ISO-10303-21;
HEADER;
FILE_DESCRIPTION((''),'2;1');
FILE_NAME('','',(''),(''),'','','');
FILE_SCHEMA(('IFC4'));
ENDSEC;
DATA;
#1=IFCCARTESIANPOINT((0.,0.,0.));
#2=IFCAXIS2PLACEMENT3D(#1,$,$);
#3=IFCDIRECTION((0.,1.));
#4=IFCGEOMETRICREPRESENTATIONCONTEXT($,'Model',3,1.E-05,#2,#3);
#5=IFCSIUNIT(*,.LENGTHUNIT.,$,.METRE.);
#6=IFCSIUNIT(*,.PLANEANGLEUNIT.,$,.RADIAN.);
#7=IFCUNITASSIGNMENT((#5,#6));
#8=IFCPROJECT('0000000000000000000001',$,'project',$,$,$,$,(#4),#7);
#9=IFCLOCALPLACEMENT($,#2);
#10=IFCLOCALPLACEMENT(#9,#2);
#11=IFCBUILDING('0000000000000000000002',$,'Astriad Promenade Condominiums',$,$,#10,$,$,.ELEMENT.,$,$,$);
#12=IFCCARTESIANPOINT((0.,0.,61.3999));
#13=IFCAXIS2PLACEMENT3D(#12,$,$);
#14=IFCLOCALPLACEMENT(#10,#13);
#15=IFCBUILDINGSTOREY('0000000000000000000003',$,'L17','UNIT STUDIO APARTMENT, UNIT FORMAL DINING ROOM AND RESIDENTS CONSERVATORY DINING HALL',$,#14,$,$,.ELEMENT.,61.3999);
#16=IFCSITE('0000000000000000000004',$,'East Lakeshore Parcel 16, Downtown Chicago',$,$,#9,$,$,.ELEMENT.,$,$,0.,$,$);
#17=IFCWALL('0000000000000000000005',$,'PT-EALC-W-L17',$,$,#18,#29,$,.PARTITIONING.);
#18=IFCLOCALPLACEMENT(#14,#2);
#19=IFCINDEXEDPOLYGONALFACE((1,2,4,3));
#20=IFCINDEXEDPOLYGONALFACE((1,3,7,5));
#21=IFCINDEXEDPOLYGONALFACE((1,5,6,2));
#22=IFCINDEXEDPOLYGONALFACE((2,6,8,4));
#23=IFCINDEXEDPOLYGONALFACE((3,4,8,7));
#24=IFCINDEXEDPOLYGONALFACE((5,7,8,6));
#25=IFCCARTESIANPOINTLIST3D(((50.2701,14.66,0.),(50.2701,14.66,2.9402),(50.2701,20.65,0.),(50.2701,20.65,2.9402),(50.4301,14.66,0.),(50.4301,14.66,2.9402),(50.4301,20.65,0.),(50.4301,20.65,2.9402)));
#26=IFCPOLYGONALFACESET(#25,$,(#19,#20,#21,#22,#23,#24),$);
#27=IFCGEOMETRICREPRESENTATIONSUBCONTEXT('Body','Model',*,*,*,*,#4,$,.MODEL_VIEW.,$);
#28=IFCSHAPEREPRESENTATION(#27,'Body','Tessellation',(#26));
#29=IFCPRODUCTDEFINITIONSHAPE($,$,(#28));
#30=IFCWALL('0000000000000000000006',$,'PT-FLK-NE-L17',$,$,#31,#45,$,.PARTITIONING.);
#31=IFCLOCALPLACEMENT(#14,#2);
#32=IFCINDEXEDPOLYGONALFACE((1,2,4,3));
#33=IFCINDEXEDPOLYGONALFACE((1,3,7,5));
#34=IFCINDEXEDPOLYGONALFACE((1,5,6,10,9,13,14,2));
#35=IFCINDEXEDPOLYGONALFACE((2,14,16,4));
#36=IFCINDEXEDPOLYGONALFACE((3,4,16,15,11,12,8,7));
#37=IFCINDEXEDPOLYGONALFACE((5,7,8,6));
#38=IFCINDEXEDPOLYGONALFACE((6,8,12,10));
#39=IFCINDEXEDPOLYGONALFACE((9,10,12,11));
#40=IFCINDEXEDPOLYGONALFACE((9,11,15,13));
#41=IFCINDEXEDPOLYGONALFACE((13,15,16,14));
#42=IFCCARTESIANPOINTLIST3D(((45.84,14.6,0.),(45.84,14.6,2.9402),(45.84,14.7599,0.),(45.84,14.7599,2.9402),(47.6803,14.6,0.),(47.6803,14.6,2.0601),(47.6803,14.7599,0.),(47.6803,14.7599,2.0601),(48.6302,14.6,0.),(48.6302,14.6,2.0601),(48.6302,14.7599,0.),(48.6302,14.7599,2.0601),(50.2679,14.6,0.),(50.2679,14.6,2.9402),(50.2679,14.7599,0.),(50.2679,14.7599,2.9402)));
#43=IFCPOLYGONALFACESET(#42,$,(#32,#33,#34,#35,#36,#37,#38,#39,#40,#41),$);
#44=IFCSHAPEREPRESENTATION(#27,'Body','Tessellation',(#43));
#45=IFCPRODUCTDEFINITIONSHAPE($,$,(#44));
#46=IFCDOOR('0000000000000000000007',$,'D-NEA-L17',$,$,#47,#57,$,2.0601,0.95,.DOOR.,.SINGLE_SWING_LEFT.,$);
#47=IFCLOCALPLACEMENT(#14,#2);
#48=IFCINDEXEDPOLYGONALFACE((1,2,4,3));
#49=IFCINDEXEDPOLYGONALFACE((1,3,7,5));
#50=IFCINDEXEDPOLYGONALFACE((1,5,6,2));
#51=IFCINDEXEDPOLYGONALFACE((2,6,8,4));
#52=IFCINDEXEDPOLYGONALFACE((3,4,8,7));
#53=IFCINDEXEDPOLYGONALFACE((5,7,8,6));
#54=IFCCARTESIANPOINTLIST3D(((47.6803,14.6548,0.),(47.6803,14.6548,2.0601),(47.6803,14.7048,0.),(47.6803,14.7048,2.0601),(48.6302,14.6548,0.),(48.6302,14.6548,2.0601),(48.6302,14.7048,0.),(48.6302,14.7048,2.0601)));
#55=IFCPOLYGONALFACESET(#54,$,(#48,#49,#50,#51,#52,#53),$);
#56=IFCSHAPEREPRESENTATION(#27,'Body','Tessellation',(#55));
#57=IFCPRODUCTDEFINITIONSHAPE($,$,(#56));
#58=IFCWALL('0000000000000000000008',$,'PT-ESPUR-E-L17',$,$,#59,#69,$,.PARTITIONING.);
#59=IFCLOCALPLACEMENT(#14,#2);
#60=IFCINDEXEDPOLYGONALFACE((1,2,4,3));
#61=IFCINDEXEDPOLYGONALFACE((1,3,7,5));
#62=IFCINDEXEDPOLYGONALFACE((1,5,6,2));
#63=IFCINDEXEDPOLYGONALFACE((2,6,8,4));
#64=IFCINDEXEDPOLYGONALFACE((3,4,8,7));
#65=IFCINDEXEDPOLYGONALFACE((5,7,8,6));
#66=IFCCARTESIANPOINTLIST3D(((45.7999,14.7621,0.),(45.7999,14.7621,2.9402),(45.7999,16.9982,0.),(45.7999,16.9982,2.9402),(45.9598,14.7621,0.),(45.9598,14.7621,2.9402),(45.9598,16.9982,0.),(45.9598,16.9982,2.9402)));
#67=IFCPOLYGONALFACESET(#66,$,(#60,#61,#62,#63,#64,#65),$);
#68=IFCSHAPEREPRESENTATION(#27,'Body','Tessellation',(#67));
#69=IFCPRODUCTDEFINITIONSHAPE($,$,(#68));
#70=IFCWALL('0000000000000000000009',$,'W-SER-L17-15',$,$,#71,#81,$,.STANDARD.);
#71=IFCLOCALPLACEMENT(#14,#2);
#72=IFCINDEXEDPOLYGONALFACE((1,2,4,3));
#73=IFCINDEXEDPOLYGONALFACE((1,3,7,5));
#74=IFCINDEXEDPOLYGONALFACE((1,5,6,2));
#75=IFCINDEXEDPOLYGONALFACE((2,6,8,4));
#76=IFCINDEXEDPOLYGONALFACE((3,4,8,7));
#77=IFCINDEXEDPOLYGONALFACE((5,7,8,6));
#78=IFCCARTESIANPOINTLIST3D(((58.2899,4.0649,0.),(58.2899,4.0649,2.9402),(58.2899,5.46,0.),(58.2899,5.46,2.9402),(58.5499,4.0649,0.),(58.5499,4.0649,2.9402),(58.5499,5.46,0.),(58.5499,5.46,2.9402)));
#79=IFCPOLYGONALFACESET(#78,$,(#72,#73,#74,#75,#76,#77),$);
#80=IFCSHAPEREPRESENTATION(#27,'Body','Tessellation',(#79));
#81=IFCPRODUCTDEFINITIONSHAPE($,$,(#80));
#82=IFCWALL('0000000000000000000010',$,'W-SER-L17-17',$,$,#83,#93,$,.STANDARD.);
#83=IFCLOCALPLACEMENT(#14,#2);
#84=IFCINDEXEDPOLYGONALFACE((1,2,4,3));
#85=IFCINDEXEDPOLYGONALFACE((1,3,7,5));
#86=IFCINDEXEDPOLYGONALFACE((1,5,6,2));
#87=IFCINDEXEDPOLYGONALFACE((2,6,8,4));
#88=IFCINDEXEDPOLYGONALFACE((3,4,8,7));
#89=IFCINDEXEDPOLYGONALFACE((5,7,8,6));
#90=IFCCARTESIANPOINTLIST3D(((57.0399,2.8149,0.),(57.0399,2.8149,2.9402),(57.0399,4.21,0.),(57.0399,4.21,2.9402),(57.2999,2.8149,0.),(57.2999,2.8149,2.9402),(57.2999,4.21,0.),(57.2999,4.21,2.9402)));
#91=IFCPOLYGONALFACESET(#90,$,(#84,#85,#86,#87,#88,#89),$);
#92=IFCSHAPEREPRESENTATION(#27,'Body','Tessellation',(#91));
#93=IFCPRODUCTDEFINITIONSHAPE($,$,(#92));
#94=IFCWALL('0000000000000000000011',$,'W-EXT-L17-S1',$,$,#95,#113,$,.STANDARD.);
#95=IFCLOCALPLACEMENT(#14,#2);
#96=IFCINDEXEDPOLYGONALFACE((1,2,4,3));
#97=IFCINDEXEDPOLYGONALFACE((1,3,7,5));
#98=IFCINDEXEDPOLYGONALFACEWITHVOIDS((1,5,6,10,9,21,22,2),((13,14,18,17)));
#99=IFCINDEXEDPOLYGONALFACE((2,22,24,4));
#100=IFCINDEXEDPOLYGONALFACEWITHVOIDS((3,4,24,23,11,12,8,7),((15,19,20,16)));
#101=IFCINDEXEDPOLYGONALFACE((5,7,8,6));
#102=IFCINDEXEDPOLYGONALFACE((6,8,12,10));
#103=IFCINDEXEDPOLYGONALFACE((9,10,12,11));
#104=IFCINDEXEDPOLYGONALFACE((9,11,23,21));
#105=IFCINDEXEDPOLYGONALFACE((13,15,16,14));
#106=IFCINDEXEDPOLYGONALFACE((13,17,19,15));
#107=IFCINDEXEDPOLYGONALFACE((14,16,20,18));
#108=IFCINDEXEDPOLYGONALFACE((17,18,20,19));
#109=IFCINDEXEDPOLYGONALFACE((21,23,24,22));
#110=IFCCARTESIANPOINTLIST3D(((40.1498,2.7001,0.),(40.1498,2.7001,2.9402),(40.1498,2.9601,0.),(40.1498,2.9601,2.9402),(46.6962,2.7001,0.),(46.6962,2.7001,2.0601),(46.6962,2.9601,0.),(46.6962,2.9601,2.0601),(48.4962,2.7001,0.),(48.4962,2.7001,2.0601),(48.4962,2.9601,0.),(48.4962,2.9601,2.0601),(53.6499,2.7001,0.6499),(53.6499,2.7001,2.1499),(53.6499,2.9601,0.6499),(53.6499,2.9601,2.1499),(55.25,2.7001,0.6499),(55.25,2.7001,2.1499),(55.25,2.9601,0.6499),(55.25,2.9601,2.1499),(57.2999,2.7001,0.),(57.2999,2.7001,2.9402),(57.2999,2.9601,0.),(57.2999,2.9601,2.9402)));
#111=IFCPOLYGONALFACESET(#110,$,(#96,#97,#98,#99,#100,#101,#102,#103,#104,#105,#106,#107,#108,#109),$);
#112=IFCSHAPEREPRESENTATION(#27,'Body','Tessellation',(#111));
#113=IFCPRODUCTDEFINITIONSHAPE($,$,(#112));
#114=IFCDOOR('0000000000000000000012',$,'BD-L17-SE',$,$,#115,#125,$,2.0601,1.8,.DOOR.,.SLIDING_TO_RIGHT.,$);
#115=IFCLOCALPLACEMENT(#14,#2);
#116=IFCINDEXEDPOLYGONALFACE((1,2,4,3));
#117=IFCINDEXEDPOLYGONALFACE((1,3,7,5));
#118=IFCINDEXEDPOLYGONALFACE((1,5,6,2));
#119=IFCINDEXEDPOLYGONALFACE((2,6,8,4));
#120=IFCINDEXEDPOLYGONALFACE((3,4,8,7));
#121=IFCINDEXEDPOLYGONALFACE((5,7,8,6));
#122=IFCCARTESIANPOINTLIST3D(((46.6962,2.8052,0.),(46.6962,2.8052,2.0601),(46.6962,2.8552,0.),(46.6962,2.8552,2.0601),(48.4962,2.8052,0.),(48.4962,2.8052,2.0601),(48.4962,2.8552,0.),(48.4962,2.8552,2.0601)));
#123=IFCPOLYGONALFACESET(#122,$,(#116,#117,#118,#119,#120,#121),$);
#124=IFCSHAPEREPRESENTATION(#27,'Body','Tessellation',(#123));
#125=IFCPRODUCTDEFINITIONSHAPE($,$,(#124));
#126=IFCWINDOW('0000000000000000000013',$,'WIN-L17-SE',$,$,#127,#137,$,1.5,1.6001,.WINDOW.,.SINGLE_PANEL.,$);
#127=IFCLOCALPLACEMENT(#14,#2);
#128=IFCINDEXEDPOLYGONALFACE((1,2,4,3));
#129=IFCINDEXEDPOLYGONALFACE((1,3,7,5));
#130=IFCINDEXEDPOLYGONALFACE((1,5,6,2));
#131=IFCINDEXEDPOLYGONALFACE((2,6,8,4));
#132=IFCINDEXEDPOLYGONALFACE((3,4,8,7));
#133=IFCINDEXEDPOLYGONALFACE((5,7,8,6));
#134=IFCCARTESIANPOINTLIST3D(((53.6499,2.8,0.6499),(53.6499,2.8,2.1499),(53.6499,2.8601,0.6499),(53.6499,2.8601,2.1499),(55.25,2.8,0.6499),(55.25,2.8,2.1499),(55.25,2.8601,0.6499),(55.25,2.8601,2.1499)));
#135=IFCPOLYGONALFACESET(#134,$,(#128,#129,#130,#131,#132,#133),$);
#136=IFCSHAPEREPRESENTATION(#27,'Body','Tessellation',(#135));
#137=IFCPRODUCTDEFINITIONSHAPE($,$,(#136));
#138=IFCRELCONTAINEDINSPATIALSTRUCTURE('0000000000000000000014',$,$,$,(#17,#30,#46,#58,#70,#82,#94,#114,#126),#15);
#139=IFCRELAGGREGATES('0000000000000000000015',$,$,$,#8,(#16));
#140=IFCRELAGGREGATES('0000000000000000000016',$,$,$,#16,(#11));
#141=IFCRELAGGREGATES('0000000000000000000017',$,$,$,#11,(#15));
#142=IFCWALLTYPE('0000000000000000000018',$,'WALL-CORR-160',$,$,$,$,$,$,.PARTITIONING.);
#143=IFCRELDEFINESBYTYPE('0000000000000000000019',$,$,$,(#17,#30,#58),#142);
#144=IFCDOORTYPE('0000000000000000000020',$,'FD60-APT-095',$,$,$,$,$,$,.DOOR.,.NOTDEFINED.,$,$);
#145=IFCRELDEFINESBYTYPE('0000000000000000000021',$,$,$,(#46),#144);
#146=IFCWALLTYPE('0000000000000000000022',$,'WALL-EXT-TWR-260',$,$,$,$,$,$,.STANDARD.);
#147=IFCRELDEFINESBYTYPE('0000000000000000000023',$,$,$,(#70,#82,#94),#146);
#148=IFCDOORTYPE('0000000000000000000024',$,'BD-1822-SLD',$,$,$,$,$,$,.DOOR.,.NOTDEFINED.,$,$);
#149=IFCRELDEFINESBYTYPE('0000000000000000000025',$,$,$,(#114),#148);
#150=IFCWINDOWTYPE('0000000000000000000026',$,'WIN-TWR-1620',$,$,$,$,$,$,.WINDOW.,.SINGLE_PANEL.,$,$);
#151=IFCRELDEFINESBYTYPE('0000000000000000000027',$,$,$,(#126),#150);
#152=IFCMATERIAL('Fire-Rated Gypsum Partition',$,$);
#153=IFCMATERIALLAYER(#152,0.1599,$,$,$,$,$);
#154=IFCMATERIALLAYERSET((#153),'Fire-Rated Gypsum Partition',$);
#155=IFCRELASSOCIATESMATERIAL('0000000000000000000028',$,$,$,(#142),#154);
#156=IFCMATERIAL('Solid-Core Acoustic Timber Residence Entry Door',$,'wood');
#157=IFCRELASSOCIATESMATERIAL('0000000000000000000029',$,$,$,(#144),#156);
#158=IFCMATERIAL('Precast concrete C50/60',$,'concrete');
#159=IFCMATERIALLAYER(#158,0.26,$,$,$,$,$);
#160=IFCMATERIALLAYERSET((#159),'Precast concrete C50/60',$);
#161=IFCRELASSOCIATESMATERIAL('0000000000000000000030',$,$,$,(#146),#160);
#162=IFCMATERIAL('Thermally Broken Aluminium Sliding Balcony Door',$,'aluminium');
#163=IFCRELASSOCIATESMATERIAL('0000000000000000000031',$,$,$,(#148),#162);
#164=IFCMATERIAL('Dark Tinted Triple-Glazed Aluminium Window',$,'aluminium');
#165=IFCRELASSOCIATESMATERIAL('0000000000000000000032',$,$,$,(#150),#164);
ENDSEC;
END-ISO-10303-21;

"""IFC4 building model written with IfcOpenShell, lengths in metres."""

from ifc_helpers import new_model, si_unit, direction, frame, frame_2d, origin, place, context, subcontext, project, spatial, rectangle, extrude, source, transform, mapped, material, layer, layer_set, type_object, type_shapes, element, fill, save


model = new_model("IFC4")

# Units and contexts
model_context = context("Model", 3, precision=1e-05, world=origin(), true_north=direction((0.0, 1.0)))
body_context = subcontext(model_context, "Body", "Model", "MODEL_VIEW")
ifc_project = project(units=[si_unit("LENGTHUNIT", "METRE"), si_unit("PLANEANGLEUNIT", "RADIAN")], contexts=[model_context])

# Site, building, storey
site_placement = place(None, origin())
site = spatial("IfcSite", under=ifc_project, at=site_placement, Name="East Lakeshore Parcel 16, Downtown Chicago", CompositionType="ELEMENT", RefElevation=0.0)
building_placement = place(site_placement, origin())
building = spatial("IfcBuilding", under=site, at=building_placement, Name="Astriad Promenade Condominiums", CompositionType="ELEMENT")
storey_placement = place(building_placement, frame((0.0, 0.0, 61.3999)))
storey = spatial("IfcBuildingStorey", under=building, at=storey_placement, Name="L17", Description="UNIT STUDIO APARTMENT, UNIT FORMAL DINING ROOM AND RESIDENTS CONSERVATORY DINING HALL", CompositionType="ELEMENT", Elevation=61.3999)

# Shared definitions
ifc_material_1 = material(Name="Fire-Rated Gypsum Partition")
ifc_layer_1 = layer(ifc_material_1, 0.1599)
ifc_layer_set_1 = layer_set([ifc_layer_1], Name="Fire-Rated Gypsum Partition")
wall_type_1 = type_object("IfcWallType", Name="WALL-CORR-160", PredefinedType="PARTITIONING", material=ifc_layer_set_1)

# Shared definitions
ifc_material_2 = material(Name="Solid-Core Acoustic Timber Residence Entry Door", Category="wood")
door_type_1 = type_object("IfcDoorType", Name="FD60-APT-095", OperationType="NOTDEFINED", PredefinedType="DOOR", material=ifc_material_2)
shared_shape_1 = source(origin(), body_context, "Body", "SweptSolid", [
    extrude(rectangle(XDim=0.95, YDim=2.0601, at=frame_2d((0.4751, 1.03))), frame((0.0, 0.0249, 0.0), z_axis=(0.0, -1.0, 0.0), x_axis=(1.0, 0.0, 0.0)), (0.0, 0.0, 1.0), 0.05),
])
type_shapes(door_type_1, [shared_shape_1])

# Wall
wall_1_placement = place(storey_placement, frame((50.3501, 14.6599, 0.0), z_axis=(0.0, 0.0, 1.0), x_axis=(0.0, 1.0, 0.0)))
element("IfcWall", 1, at=wall_1_placement, inside=storey, type_object=wall_type_1, Name="PT-EALC-W-L17", PredefinedType="PARTITIONING", context=body_context, shape_type="SweptSolid", body=[
    extrude(rectangle(XDim=5.99, YDim=0.1599, at=frame_2d((2.9951, 0.0))), origin(), (0.0, 0.0, 1.0), 2.9402),
])

# Wall, opening, door
wall_2_placement = place(storey_placement, frame((45.8401, 14.6799, 0.0), z_axis=(0.0, 0.0, 1.0), x_axis=(1.0, 0.0, 0.0)))
wall_2 = element("IfcWall", 2, at=wall_2_placement, inside=storey, type_object=wall_type_1, Name="PT-FLK-NE-L17", PredefinedType="PARTITIONING", context=body_context, shape_type="SweptSolid", body=[
    extrude(rectangle(XDim=4.428, YDim=0.1599, at=frame_2d((2.2139, 0.0))), origin(), (0.0, 0.0, 1.0), 2.9402),
])
opening_1_placement = place(wall_2_placement, frame((1.8401, 0.0, 0.0)))
opening_1 = element("IfcOpeningElement", 3, at=opening_1_placement, cuts=wall_2, PredefinedType="OPENING", context=body_context, shape_type="SweptSolid", body=[
    extrude(rectangle(XDim=0.95, YDim=2.0601, at=frame_2d((0.4751, 1.03))), frame((0.0, 0.0898, 0.0), z_axis=(0.0, -1.0, 0.0), x_axis=(1.0, 0.0, 0.0)), (0.0, 0.0, 1.0), 0.1799),
])
door_1_placement = place(opening_1_placement, origin())
door_1 = element("IfcDoor", 4, at=door_1_placement, inside=storey, type_object=door_type_1, Name="D-NEA-L17", OperationType="SINGLE_SWING_LEFT", OverallHeight=2.0601, OverallWidth=0.95, PredefinedType="DOOR", context=body_context, shape_type="MappedRepresentation", body=[
    mapped(shared_shape_1, transform((0.0, 0.0, 0.0), scale=1.0)),
])
fill(opening_1, door_1)

# Walls
wall_3_placement = place(storey_placement, frame((45.8799, 14.762, 0.0), z_axis=(0.0, 0.0, 1.0), x_axis=(0.0, 1.0, 0.0)))
element("IfcWall", 5, at=wall_3_placement, inside=storey, type_object=wall_type_1, Name="PT-ESPUR-E-L17", PredefinedType="PARTITIONING", context=body_context, shape_type="SweptSolid", body=[
    extrude(rectangle(XDim=2.2361, YDim=0.1599, at=frame_2d((1.1182, 0.0))), origin(), (0.0, 0.0, 1.0), 2.9402),
])
ifc_material_3 = material(Name="Precast concrete C50/60", Category="concrete")
ifc_layer_2 = layer(ifc_material_3, 0.26)
ifc_layer_set_2 = layer_set([ifc_layer_2], Name="Precast concrete C50/60")
wall_type_2 = type_object("IfcWallType", Name="WALL-EXT-TWR-260", PredefinedType="STANDARD", material=ifc_layer_set_2)
for number, where, z_axis, x_axis, name in (
    (6, (58.4199, 5.46, 0.0), (0.0, 0.0, 1.0), (0.0, -1.0, 0.0), "W-SER-L17-15"),
    (7, (57.1699, 4.21, 0.0), (0.0, 0.0, 1.0), (0.0, -1.0, 0.0), "W-SER-L17-17"),
):
    element("IfcWall", number, at=place(storey_placement, frame(where, z_axis=z_axis, x_axis=x_axis)), inside=storey, type_object=wall_type_2, Name=name, PredefinedType="STANDARD", context=body_context, shape_type="SweptSolid", body=[
        extrude(rectangle(XDim=1.395, YDim=0.26, at=frame_2d((0.6975, 0.0))), origin(), (0.0, 0.0, 1.0), 2.9402),
    ])

# Wall, openings, door, window
wall_4_placement = place(storey_placement, frame((57.3, 2.8301, 0.0), z_axis=(0.0, 0.0, 1.0), x_axis=(-1.0, 0.0, 0.0)))
wall_4 = element("IfcWall", 8, at=wall_4_placement, inside=storey, type_object=wall_type_2, Name="W-EXT-L17-S1", PredefinedType="STANDARD", context=body_context, shape_type="SweptSolid", body=[
    extrude(rectangle(XDim=17.1501, YDim=0.26, at=frame_2d((8.5752, 0.0))), origin(), (0.0, 0.0, 1.0), 2.9402),
])
opening_2_placement = place(wall_4_placement, frame((8.804, 0.0, 0.0)))
opening_2 = element("IfcOpeningElement", 9, at=opening_2_placement, cuts=wall_4, PredefinedType="OPENING", context=body_context, shape_type="SweptSolid", body=[
    extrude(rectangle(XDim=1.8, YDim=2.0601, at=frame_2d((0.8999, 1.03))), frame((0.0, 0.1399, 0.0), z_axis=(0.0, -1.0, 0.0), x_axis=(1.0, 0.0, 0.0)), (0.0, 0.0, 1.0), 0.28),
])
opening_3_placement = place(wall_4_placement, frame((2.05, 0.0, 0.6499)))
opening_3 = element("IfcOpeningElement", 10, at=opening_3_placement, cuts=wall_4, PredefinedType="OPENING", context=body_context, shape_type="SweptSolid", body=[
    extrude(rectangle(XDim=1.6001, YDim=1.5, at=frame_2d((0.8, 0.75))), frame((0.0, 0.1399, 0.0), z_axis=(0.0, -1.0, 0.0), x_axis=(1.0, 0.0, 0.0)), (0.0, 0.0, 1.0), 0.28),
])
ifc_material_4 = material(Name="Thermally Broken Aluminium Sliding Balcony Door", Category="aluminium")
door_type_2 = type_object("IfcDoorType", Name="BD-1822-SLD", OperationType="NOTDEFINED", PredefinedType="DOOR", material=ifc_material_4)
shared_shape_2 = source(origin(), body_context, "Body", "SweptSolid", [
    extrude(rectangle(XDim=1.8, YDim=2.0601, at=frame_2d((0.8999, 1.03))), frame((0.0, 0.0249, 0.0), z_axis=(0.0, -1.0, 0.0), x_axis=(1.0, 0.0, 0.0)), (0.0, 0.0, 1.0), 0.05),
])
type_shapes(door_type_2, [shared_shape_2])
door_2_placement = place(opening_2_placement, origin())
door_2 = element("IfcDoor", 11, at=door_2_placement, inside=storey, type_object=door_type_2, Name="BD-L17-SE", OperationType="SLIDING_TO_RIGHT", OverallHeight=2.0601, OverallWidth=1.8, PredefinedType="DOOR", context=body_context, shape_type="MappedRepresentation", body=[
    mapped(shared_shape_2, transform((0.0, 0.0, 0.0), scale=1.0)),
])
fill(opening_2, door_2)
ifc_material_5 = material(Name="Dark Tinted Triple-Glazed Aluminium Window", Category="aluminium")
window_type = type_object("IfcWindowType", Name="WIN-TWR-1620", PartitioningType="SINGLE_PANEL", PredefinedType="WINDOW", material=ifc_material_5)
shared_shape_3 = source(origin(), body_context, "Body", "SweptSolid", [
    extrude(rectangle(XDim=1.6001, YDim=1.5, at=frame_2d((0.8, 0.75))), frame((0.0, 0.03, 0.0), z_axis=(0.0, -1.0, 0.0), x_axis=(1.0, 0.0, 0.0)), (0.0, 0.0, 1.0), 0.0601),
])
type_shapes(window_type, [shared_shape_3])
window_placement = place(opening_3_placement, origin())
window = element("IfcWindow", 12, at=window_placement, inside=storey, type_object=window_type, Name="WIN-L17-SE", OverallHeight=1.5, OverallWidth=1.6001, PartitioningType="SINGLE_PANEL", PredefinedType="WINDOW", context=body_context, shape_type="MappedRepresentation", body=[
    mapped(shared_shape_3, transform((0.0, 0.0, 0.0), scale=1.0)),
])
fill(opening_3, window)

save(model, "model.ifc")
